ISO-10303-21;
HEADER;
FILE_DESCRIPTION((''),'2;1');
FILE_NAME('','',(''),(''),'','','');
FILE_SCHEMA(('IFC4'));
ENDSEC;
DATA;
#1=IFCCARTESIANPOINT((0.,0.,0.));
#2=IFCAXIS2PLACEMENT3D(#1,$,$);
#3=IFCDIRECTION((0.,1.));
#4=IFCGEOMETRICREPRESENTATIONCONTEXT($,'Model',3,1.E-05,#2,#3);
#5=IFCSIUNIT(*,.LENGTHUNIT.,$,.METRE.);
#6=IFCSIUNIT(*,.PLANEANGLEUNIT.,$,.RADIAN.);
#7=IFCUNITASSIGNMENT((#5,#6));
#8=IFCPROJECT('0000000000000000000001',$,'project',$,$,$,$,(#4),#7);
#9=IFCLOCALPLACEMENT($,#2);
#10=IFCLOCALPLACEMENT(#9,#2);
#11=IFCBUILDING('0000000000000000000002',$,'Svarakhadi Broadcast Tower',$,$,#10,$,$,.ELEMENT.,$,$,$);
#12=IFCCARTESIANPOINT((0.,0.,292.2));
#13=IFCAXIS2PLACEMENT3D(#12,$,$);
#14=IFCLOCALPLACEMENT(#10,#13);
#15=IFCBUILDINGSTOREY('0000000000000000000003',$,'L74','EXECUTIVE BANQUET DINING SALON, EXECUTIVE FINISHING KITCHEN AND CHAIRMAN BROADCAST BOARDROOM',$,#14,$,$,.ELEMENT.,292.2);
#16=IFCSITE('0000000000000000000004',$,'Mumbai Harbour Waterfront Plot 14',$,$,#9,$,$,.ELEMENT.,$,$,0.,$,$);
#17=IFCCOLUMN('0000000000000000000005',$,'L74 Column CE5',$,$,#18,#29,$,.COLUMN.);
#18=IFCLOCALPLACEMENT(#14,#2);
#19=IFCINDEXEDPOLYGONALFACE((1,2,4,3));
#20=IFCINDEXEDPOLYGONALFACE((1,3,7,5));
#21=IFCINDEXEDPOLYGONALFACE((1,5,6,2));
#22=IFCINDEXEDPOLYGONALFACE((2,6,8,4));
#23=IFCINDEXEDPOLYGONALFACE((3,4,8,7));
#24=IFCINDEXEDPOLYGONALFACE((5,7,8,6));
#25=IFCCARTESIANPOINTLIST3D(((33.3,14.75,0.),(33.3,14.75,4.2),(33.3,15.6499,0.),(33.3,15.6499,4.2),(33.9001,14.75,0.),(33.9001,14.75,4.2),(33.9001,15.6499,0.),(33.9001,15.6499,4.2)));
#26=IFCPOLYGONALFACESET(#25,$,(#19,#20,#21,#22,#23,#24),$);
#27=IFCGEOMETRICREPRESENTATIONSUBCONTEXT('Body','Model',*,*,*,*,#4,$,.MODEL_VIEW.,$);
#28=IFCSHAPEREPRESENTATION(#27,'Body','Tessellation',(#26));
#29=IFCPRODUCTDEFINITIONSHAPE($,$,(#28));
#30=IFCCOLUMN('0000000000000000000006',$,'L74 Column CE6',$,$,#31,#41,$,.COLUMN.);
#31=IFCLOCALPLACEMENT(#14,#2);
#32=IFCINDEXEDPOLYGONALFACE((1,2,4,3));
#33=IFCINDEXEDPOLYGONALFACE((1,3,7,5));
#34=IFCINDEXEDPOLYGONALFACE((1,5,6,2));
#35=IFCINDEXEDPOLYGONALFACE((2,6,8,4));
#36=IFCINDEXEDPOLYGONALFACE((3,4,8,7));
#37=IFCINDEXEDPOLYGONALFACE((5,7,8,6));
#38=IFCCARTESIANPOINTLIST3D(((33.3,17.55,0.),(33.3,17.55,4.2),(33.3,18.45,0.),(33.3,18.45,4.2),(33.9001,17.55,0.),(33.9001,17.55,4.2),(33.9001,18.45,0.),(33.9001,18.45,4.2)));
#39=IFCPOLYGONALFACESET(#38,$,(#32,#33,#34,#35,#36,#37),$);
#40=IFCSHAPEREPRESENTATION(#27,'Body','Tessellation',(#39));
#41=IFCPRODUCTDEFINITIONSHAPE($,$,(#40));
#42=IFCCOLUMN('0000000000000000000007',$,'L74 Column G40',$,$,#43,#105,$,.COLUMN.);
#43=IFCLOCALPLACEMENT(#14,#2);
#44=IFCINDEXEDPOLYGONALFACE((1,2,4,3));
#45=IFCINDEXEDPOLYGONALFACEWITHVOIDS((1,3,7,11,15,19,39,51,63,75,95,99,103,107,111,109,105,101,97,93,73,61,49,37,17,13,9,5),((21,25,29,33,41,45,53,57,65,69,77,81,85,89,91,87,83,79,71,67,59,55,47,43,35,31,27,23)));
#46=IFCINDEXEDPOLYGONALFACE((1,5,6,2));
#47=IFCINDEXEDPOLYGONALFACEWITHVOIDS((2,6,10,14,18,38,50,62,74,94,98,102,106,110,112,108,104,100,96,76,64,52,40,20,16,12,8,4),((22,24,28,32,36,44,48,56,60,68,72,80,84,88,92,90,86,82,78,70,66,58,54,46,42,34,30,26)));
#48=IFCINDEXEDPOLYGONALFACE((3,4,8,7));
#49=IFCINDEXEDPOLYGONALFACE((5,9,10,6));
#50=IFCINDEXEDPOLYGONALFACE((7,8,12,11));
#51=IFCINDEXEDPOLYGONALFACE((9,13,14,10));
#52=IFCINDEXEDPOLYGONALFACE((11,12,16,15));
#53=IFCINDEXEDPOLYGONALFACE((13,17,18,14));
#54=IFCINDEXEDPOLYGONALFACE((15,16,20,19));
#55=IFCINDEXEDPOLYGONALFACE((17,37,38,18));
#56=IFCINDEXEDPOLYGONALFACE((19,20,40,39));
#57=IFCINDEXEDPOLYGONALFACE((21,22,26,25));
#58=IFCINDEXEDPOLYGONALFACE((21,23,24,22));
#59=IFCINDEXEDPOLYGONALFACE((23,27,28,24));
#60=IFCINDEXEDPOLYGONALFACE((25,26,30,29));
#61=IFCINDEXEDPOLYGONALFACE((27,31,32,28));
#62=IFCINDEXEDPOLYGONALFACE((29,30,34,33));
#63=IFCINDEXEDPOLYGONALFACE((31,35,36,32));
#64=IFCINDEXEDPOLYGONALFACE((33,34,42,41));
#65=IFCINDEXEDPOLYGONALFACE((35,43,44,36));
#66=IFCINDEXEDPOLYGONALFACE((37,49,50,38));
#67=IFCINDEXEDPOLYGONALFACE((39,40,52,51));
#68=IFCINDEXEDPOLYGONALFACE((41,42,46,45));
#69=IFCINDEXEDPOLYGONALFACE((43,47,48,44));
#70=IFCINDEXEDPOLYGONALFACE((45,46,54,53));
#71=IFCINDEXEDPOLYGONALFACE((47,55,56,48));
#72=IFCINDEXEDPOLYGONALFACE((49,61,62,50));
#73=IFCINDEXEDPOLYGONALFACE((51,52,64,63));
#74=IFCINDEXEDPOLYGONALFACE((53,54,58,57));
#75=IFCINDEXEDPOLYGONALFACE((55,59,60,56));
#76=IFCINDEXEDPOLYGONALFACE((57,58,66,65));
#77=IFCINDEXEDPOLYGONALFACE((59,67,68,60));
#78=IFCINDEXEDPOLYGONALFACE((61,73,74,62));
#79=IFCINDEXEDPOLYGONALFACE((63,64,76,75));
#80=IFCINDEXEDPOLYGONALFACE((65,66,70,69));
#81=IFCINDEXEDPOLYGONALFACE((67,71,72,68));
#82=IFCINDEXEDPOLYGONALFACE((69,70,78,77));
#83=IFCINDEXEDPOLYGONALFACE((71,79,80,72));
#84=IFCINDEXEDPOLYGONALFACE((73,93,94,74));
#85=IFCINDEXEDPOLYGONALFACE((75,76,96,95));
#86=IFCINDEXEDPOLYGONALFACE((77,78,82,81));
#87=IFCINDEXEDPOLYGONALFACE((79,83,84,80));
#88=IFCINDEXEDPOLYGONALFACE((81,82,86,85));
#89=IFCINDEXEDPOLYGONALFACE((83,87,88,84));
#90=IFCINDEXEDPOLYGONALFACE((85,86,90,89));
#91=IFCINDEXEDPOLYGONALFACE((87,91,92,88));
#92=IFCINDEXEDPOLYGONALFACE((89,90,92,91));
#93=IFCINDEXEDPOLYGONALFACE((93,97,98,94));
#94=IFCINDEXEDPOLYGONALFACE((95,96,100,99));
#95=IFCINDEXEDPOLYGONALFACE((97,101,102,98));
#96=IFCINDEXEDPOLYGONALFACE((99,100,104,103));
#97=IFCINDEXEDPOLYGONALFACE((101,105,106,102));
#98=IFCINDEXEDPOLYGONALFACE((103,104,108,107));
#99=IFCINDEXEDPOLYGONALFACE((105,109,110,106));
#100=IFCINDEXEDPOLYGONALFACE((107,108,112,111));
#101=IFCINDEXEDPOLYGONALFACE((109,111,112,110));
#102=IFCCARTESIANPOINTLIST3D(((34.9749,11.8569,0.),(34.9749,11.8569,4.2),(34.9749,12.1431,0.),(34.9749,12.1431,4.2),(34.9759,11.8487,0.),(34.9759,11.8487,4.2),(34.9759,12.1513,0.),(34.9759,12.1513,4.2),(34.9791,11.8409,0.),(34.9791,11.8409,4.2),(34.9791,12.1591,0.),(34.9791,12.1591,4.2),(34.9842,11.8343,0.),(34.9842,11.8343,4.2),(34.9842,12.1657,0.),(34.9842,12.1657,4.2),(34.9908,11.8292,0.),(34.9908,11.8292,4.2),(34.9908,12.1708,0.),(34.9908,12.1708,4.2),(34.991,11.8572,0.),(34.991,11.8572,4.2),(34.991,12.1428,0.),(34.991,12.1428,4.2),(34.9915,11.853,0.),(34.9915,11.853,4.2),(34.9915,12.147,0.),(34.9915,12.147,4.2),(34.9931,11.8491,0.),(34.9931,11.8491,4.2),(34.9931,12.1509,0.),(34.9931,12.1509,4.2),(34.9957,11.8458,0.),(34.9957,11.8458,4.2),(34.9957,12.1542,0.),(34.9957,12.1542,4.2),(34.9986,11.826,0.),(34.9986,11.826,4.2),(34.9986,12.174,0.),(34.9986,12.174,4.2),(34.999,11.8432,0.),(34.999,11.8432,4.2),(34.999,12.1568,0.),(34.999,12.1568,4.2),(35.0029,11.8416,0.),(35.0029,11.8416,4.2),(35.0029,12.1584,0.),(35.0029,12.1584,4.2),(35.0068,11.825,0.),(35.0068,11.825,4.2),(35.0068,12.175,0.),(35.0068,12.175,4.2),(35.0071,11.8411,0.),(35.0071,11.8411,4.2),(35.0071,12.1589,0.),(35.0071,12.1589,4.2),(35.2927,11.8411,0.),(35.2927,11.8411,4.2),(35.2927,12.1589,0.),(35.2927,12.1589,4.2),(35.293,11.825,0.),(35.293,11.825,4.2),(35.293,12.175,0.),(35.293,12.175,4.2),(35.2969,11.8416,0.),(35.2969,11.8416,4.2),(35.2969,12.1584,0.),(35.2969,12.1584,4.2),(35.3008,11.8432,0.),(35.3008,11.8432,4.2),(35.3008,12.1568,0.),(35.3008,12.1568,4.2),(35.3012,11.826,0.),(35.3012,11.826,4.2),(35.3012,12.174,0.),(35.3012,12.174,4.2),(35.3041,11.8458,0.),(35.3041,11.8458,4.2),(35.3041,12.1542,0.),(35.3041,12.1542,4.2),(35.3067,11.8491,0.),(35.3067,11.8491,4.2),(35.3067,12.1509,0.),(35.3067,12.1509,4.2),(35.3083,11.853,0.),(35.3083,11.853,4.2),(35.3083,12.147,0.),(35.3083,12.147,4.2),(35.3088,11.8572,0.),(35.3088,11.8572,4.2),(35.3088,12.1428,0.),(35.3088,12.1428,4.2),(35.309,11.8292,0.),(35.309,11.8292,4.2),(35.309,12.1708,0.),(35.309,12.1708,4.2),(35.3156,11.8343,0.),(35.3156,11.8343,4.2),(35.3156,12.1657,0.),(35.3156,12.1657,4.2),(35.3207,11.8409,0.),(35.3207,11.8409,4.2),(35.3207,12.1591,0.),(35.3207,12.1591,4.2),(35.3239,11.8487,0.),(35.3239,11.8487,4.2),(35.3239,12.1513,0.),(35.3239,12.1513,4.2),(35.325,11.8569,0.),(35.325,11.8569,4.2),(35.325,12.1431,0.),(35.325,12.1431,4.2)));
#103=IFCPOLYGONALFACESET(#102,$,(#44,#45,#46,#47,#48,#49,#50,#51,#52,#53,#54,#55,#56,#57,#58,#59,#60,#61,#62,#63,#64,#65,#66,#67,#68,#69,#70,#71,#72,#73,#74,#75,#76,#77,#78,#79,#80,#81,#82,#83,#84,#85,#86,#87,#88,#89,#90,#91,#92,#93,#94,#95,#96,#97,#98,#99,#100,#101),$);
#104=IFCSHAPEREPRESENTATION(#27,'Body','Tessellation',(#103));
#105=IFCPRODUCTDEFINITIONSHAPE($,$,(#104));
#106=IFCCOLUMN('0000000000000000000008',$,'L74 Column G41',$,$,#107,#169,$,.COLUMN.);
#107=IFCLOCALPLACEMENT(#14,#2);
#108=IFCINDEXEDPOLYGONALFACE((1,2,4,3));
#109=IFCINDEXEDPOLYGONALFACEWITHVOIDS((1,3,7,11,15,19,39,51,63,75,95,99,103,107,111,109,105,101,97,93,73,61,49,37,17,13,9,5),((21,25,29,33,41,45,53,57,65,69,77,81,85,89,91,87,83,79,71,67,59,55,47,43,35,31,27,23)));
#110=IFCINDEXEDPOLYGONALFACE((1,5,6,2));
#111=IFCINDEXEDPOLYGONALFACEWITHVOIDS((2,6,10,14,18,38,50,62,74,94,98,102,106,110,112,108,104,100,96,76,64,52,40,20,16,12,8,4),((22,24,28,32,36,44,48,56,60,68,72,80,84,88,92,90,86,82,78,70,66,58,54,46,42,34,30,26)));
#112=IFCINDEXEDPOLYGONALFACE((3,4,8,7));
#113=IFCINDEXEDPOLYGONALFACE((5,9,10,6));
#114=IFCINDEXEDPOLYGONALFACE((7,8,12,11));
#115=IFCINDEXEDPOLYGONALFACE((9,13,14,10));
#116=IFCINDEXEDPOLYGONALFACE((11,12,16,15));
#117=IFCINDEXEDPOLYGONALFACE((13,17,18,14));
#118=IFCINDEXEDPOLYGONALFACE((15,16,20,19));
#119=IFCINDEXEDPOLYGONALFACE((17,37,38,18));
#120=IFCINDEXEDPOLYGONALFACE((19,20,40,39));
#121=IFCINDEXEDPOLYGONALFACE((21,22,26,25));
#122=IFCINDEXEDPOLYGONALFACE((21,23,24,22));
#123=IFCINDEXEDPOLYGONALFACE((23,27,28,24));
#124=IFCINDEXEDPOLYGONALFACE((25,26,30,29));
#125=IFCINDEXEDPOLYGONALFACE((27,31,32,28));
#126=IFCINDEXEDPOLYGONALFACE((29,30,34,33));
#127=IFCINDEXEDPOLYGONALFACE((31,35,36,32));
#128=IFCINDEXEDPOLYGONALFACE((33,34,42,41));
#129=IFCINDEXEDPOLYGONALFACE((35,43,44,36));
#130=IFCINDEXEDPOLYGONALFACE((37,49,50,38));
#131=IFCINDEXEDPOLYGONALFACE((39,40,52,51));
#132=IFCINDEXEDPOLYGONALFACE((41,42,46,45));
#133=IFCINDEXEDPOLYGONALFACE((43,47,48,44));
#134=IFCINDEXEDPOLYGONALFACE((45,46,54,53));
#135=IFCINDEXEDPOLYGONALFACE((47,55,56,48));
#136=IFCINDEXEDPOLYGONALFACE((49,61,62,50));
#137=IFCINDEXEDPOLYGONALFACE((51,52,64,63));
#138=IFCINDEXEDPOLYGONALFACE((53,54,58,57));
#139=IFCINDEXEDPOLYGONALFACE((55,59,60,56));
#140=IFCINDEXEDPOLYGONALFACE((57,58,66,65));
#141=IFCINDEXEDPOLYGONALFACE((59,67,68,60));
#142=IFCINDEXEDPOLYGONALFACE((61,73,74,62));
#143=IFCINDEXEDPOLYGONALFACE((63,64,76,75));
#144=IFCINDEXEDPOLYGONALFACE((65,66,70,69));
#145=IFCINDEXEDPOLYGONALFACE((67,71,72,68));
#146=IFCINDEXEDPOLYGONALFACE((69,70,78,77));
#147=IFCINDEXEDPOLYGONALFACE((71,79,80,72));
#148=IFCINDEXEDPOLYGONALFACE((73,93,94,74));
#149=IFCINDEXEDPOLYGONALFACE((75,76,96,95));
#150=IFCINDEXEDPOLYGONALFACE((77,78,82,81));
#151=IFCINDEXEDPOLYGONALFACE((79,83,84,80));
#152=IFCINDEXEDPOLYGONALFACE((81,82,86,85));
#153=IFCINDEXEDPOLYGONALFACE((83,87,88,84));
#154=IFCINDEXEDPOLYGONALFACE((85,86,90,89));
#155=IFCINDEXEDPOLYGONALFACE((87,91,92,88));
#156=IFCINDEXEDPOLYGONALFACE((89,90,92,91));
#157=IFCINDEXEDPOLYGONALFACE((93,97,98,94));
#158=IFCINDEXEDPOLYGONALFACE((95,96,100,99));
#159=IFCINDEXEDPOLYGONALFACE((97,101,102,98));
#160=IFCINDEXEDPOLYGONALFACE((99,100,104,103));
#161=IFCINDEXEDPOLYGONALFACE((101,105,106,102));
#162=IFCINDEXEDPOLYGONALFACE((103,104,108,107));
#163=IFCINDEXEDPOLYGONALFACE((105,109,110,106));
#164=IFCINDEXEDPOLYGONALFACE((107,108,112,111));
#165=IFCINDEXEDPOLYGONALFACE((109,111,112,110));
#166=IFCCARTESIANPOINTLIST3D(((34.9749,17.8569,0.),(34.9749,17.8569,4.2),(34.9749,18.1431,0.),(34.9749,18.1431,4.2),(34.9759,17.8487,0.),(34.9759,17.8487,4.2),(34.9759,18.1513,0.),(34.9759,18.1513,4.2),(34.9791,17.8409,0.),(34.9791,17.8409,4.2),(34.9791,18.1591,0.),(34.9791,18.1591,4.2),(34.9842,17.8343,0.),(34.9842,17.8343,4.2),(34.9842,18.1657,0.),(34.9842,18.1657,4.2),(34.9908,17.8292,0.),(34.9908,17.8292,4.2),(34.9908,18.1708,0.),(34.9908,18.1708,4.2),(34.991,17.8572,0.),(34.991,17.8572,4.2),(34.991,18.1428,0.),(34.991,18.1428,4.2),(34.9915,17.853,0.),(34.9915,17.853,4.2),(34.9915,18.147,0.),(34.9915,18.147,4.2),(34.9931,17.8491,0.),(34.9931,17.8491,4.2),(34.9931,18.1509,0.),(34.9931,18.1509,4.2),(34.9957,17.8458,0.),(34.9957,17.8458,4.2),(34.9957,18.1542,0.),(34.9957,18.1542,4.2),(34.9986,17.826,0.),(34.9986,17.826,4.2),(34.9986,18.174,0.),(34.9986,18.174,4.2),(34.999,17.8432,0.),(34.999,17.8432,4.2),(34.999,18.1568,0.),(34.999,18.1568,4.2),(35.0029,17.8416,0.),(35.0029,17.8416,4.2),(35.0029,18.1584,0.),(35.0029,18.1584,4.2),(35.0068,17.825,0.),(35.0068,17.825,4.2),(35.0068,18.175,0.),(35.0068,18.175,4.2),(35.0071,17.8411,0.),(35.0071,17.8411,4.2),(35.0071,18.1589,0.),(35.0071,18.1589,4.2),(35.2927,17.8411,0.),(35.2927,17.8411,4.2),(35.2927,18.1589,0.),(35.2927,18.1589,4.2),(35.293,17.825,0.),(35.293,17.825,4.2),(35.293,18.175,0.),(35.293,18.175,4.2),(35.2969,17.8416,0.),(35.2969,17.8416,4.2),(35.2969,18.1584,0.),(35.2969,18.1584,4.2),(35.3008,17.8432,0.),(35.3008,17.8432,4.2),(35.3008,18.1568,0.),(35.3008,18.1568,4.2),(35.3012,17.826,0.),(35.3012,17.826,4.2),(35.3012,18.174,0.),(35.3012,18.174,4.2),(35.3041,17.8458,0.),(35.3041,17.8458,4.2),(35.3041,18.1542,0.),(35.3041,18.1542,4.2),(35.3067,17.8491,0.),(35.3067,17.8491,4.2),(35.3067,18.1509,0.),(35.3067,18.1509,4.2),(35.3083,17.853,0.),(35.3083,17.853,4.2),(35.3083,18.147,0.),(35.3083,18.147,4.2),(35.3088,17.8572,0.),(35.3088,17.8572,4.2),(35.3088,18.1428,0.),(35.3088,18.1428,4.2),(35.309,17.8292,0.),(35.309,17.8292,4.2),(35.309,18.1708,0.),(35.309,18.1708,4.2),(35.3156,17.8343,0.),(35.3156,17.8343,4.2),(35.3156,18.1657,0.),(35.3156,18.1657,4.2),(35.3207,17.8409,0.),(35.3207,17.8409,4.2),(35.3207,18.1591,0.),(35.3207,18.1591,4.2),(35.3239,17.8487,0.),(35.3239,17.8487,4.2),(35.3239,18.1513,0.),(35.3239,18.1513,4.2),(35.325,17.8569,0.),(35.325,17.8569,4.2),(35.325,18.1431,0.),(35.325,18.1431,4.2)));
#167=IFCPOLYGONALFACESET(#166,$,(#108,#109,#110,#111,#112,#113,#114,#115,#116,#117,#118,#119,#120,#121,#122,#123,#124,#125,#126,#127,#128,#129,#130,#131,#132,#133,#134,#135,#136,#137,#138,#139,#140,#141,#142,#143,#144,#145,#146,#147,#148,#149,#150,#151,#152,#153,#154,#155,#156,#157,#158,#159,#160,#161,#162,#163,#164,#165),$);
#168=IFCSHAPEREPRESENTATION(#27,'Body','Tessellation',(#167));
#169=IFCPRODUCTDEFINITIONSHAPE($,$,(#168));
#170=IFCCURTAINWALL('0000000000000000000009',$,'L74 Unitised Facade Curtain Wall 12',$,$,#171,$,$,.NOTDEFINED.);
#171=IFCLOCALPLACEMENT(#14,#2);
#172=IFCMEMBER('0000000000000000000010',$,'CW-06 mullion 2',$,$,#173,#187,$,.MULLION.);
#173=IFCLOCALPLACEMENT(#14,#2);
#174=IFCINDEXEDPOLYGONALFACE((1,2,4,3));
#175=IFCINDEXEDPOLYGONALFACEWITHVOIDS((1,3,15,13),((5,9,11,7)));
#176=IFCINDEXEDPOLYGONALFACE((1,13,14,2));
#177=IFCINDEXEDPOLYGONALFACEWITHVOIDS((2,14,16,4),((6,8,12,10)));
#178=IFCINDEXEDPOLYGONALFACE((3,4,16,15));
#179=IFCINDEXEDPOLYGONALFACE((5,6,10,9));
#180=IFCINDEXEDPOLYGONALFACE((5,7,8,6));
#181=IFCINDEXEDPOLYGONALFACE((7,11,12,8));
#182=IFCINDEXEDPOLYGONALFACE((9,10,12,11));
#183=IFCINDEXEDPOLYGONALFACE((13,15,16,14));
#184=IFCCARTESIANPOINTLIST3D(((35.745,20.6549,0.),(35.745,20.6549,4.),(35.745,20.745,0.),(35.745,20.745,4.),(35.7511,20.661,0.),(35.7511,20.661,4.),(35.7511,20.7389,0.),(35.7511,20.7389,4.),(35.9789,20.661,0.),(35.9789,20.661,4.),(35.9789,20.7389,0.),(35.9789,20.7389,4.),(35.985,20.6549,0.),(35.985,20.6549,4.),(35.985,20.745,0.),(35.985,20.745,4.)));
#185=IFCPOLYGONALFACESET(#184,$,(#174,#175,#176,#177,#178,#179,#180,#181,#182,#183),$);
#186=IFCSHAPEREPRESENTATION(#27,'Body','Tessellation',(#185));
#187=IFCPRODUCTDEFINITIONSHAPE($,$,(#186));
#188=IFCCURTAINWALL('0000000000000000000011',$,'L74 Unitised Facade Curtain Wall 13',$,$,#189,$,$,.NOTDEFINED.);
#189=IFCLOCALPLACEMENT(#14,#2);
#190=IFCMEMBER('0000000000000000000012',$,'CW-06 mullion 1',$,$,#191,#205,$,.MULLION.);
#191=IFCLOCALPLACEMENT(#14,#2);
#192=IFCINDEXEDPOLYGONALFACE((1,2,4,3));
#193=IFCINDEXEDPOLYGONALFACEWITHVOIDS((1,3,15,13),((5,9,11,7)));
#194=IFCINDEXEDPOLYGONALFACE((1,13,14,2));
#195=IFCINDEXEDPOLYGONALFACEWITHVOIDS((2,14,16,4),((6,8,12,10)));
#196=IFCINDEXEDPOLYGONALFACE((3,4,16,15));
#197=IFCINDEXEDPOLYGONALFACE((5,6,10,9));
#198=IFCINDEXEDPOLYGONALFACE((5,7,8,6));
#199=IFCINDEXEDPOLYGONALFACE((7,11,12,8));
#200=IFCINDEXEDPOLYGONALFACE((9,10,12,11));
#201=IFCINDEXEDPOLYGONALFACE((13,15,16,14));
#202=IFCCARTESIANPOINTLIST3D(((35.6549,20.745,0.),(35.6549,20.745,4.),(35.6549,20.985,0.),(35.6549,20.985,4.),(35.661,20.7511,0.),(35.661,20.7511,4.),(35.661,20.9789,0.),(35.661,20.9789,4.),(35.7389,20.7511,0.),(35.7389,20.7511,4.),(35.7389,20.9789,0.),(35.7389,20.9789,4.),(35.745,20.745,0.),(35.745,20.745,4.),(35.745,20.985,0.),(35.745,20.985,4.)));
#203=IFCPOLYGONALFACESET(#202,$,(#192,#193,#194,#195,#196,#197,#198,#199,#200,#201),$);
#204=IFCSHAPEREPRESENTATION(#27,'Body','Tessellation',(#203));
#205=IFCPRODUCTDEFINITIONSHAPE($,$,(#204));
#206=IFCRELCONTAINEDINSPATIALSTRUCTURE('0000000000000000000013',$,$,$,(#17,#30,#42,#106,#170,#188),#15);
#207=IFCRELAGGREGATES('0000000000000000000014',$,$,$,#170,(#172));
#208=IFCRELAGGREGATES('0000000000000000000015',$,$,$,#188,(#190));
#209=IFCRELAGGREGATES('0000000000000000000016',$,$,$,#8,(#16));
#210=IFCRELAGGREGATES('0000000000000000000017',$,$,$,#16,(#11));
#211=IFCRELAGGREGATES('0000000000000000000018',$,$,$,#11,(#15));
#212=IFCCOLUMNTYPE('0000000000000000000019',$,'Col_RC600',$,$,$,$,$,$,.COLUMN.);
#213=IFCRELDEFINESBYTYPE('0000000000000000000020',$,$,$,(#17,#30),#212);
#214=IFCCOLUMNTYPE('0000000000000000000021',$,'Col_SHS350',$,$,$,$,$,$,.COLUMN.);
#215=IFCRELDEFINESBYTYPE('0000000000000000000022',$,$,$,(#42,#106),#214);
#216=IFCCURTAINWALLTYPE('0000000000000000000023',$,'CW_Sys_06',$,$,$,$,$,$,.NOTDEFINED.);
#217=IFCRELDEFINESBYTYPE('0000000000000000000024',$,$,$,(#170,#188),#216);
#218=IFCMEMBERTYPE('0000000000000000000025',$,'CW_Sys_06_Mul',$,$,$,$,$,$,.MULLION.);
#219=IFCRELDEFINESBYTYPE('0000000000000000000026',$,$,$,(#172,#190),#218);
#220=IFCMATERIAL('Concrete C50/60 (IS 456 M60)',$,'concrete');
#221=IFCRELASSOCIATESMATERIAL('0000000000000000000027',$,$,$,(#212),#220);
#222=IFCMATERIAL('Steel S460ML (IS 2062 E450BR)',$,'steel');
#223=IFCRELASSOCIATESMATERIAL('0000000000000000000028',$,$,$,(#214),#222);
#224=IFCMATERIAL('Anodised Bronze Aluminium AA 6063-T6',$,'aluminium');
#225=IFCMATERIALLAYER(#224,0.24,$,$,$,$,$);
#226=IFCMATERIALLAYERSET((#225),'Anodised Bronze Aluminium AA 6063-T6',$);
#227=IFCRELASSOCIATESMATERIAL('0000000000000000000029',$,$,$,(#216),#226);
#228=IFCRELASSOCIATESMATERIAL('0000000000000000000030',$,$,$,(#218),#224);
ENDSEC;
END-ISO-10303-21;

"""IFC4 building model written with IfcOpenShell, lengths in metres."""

from ifc_helpers import new_model, si_unit, direction, frame, origin, origin_2d, place, context, subcontext, project, spatial, rectangle, hollow_rectangle, extrude, material, layer, layer_set, material_profile, profile_set, type_object, element, aggregate, save


model = new_model("IFC4")

# Units and contexts
model_context = context("Model", 3, precision=1e-05, world=origin(), true_north=direction((0.0, 1.0)))
body_context = subcontext(model_context, "Body", "Model", "MODEL_VIEW")
ifc_project = project(units=[si_unit("LENGTHUNIT", "METRE"), si_unit("PLANEANGLEUNIT", "RADIAN")], contexts=[model_context])

# Site, building, storey
site_placement = place(None, origin())
site = spatial("IfcSite", under=ifc_project, at=site_placement, Name="Mumbai Harbour Waterfront Plot 14", CompositionType="ELEMENT", RefElevation=0.0)
building_placement = place(site_placement, origin())
building = spatial("IfcBuilding", under=site, at=building_placement, Name="Svarakhadi Broadcast Tower", CompositionType="ELEMENT")
storey_placement = place(building_placement, frame((0.0, 0.0, 292.2)))
storey = spatial("IfcBuildingStorey", under=building, at=storey_placement, Name="L74", Description="EXECUTIVE BANQUET DINING SALON, EXECUTIVE FINISHING KITCHEN AND CHAIRMAN BROADCAST BOARDROOM", CompositionType="ELEMENT", Elevation=292.2)

# Columns
ifc_material_1 = material(Name="Concrete C50/60 (IS 456 M60)", Category="concrete")
ifc_material_profile_1 = material_profile(ifc_material_1, rectangle(XDim=0.6001, YDim=0.8999, at=origin_2d()), Name="RC 600x900")
ifc_profile_set_1 = profile_set([ifc_material_profile_1], Name="Concrete C50/60 (IS 456 M60)")
column_type_1 = type_object("IfcColumnType", Name="Col_RC600", PredefinedType="COLUMN", material=ifc_profile_set_1)
for number, where, z_axis, x_axis, name in (
    (1, (33.6001, 15.2, 0.0), (0.0, 0.0, 1.0), (1.0, 0.0, 0.0), "L74 Column CE5"),
    (2, (33.6001, 18.0, 0.0), (0.0, 0.0, 1.0), (1.0, 0.0, 0.0), "L74 Column CE6"),
):
    element("IfcColumn", number, at=place(storey_placement, frame(where, z_axis=z_axis, x_axis=x_axis)), inside=storey, type_object=column_type_1, Name=name, PredefinedType="COLUMN", context=body_context, shape_type="SweptSolid", body=[
        extrude(rectangle(XDim=0.6001, YDim=0.8999, at=origin_2d()), origin(), (0.0, 0.0, 1.0), 4.2),
    ])
ifc_material_2 = material(Name="Steel S460ML (IS 2062 E450BR)", Category="steel")
ifc_material_profile_2 = material_profile(ifc_material_2, hollow_rectangle(XDim=0.3501, YDim=0.3501, WallThickness=0.0161, InnerFilletRadius=0.0161, OuterFilletRadius=0.032, at=origin_2d()), Name="SHS 350x350x16")
ifc_profile_set_2 = profile_set([ifc_material_profile_2], Name="Steel S460ML (IS 2062 E450BR)")
column_type_2 = type_object("IfcColumnType", Name="Col_SHS350", PredefinedType="COLUMN", material=ifc_profile_set_2)
for number, where, z_axis, x_axis, name in (
    (3, (35.1499, 12.0, 0.0), (0.0, 0.0, 1.0), (1.0, 0.0, 0.0), "L74 Column G40"),
    (4, (35.1499, 18.0, 0.0), (0.0, 0.0, 1.0), (1.0, 0.0, 0.0), "L74 Column G41"),
):
    element("IfcColumn", number, at=place(storey_placement, frame(where, z_axis=z_axis, x_axis=x_axis)), inside=storey, type_object=column_type_2, Name=name, PredefinedType="COLUMN", context=body_context, shape_type="SweptSolid", body=[
        extrude(hollow_rectangle(XDim=0.3501, YDim=0.3501, WallThickness=0.0161, InnerFilletRadius=0.0161, OuterFilletRadius=0.032, at=origin_2d()), origin(), (0.0, 0.0, 1.0), 4.2),
    ])

# Curtain wall, member
ifc_material_3 = material(Name="Anodised Bronze Aluminium AA 6063-T6", Category="aluminium")
ifc_layer_1 = layer(ifc_material_3, 0.24)
ifc_layer_set_1 = layer_set([ifc_layer_1], Name="Anodised Bronze Aluminium AA 6063-T6")
curtain_wall_type = type_object("IfcCurtainWallType", Name="CW_Sys_06", PredefinedType="NOTDEFINED", material=ifc_layer_set_1)
curtain_wall_1_placement = place(storey_placement, origin())
curtain_wall_1 = element("IfcCurtainWall", 5, at=curtain_wall_1_placement, inside=storey, type_object=curtain_wall_type, Name="L74 Unitised Facade Curtain Wall 12", PredefinedType="NOTDEFINED")
ifc_material_profile_3 = material_profile(ifc_material_3, hollow_rectangle(XDim=0.0901, YDim=0.24, WallThickness=0.0061, at=origin_2d()), Name="ALU MULLION 240x90x6")
ifc_profile_set_3 = profile_set([ifc_material_profile_3], Name="Anodised Bronze Aluminium AA 6063-T6")
member_type_1 = type_object("IfcMemberType", Name="CW_Sys_06_Mul", PredefinedType="MULLION", material=ifc_profile_set_3)
member_1_placement = place(storey_placement, frame((35.865, 20.7, 0.0), z_axis=(0.0, 0.0, 1.0), x_axis=(0.0, 1.0, 0.0)))
member_1 = element("IfcMember", 6, at=member_1_placement, type_object=member_type_1, Name="CW-06 mullion 2", PredefinedType="MULLION", context=body_context, shape_type="SweptSolid", body=[
    extrude(hollow_rectangle(XDim=0.0901, YDim=0.24, WallThickness=0.0061, at=origin_2d()), origin(), (0.0, 0.0, 1.0), 4.0),
])

# Curtain wall, member
curtain_wall_2_placement = place(storey_placement, origin())
curtain_wall_2 = element("IfcCurtainWall", 7, at=curtain_wall_2_placement, inside=storey, type_object=curtain_wall_type, Name="L74 Unitised Facade Curtain Wall 13", PredefinedType="NOTDEFINED")
member_2_placement = place(storey_placement, frame((35.7, 20.865, 0.0), z_axis=(0.0, 0.0, 1.0), x_axis=(1.0, 0.0, 0.0)))
member_2 = element("IfcMember", 8, at=member_2_placement, type_object=member_type_1, Name="CW-06 mullion 1", PredefinedType="MULLION", context=body_context, shape_type="SweptSolid", body=[
    extrude(hollow_rectangle(XDim=0.0901, YDim=0.24, WallThickness=0.0061, at=origin_2d()), origin(), (0.0, 0.0, 1.0), 4.0),
])

aggregate(curtain_wall_1, [member_1])
aggregate(curtain_wall_2, [member_2])

save(model, "model.ifc")
